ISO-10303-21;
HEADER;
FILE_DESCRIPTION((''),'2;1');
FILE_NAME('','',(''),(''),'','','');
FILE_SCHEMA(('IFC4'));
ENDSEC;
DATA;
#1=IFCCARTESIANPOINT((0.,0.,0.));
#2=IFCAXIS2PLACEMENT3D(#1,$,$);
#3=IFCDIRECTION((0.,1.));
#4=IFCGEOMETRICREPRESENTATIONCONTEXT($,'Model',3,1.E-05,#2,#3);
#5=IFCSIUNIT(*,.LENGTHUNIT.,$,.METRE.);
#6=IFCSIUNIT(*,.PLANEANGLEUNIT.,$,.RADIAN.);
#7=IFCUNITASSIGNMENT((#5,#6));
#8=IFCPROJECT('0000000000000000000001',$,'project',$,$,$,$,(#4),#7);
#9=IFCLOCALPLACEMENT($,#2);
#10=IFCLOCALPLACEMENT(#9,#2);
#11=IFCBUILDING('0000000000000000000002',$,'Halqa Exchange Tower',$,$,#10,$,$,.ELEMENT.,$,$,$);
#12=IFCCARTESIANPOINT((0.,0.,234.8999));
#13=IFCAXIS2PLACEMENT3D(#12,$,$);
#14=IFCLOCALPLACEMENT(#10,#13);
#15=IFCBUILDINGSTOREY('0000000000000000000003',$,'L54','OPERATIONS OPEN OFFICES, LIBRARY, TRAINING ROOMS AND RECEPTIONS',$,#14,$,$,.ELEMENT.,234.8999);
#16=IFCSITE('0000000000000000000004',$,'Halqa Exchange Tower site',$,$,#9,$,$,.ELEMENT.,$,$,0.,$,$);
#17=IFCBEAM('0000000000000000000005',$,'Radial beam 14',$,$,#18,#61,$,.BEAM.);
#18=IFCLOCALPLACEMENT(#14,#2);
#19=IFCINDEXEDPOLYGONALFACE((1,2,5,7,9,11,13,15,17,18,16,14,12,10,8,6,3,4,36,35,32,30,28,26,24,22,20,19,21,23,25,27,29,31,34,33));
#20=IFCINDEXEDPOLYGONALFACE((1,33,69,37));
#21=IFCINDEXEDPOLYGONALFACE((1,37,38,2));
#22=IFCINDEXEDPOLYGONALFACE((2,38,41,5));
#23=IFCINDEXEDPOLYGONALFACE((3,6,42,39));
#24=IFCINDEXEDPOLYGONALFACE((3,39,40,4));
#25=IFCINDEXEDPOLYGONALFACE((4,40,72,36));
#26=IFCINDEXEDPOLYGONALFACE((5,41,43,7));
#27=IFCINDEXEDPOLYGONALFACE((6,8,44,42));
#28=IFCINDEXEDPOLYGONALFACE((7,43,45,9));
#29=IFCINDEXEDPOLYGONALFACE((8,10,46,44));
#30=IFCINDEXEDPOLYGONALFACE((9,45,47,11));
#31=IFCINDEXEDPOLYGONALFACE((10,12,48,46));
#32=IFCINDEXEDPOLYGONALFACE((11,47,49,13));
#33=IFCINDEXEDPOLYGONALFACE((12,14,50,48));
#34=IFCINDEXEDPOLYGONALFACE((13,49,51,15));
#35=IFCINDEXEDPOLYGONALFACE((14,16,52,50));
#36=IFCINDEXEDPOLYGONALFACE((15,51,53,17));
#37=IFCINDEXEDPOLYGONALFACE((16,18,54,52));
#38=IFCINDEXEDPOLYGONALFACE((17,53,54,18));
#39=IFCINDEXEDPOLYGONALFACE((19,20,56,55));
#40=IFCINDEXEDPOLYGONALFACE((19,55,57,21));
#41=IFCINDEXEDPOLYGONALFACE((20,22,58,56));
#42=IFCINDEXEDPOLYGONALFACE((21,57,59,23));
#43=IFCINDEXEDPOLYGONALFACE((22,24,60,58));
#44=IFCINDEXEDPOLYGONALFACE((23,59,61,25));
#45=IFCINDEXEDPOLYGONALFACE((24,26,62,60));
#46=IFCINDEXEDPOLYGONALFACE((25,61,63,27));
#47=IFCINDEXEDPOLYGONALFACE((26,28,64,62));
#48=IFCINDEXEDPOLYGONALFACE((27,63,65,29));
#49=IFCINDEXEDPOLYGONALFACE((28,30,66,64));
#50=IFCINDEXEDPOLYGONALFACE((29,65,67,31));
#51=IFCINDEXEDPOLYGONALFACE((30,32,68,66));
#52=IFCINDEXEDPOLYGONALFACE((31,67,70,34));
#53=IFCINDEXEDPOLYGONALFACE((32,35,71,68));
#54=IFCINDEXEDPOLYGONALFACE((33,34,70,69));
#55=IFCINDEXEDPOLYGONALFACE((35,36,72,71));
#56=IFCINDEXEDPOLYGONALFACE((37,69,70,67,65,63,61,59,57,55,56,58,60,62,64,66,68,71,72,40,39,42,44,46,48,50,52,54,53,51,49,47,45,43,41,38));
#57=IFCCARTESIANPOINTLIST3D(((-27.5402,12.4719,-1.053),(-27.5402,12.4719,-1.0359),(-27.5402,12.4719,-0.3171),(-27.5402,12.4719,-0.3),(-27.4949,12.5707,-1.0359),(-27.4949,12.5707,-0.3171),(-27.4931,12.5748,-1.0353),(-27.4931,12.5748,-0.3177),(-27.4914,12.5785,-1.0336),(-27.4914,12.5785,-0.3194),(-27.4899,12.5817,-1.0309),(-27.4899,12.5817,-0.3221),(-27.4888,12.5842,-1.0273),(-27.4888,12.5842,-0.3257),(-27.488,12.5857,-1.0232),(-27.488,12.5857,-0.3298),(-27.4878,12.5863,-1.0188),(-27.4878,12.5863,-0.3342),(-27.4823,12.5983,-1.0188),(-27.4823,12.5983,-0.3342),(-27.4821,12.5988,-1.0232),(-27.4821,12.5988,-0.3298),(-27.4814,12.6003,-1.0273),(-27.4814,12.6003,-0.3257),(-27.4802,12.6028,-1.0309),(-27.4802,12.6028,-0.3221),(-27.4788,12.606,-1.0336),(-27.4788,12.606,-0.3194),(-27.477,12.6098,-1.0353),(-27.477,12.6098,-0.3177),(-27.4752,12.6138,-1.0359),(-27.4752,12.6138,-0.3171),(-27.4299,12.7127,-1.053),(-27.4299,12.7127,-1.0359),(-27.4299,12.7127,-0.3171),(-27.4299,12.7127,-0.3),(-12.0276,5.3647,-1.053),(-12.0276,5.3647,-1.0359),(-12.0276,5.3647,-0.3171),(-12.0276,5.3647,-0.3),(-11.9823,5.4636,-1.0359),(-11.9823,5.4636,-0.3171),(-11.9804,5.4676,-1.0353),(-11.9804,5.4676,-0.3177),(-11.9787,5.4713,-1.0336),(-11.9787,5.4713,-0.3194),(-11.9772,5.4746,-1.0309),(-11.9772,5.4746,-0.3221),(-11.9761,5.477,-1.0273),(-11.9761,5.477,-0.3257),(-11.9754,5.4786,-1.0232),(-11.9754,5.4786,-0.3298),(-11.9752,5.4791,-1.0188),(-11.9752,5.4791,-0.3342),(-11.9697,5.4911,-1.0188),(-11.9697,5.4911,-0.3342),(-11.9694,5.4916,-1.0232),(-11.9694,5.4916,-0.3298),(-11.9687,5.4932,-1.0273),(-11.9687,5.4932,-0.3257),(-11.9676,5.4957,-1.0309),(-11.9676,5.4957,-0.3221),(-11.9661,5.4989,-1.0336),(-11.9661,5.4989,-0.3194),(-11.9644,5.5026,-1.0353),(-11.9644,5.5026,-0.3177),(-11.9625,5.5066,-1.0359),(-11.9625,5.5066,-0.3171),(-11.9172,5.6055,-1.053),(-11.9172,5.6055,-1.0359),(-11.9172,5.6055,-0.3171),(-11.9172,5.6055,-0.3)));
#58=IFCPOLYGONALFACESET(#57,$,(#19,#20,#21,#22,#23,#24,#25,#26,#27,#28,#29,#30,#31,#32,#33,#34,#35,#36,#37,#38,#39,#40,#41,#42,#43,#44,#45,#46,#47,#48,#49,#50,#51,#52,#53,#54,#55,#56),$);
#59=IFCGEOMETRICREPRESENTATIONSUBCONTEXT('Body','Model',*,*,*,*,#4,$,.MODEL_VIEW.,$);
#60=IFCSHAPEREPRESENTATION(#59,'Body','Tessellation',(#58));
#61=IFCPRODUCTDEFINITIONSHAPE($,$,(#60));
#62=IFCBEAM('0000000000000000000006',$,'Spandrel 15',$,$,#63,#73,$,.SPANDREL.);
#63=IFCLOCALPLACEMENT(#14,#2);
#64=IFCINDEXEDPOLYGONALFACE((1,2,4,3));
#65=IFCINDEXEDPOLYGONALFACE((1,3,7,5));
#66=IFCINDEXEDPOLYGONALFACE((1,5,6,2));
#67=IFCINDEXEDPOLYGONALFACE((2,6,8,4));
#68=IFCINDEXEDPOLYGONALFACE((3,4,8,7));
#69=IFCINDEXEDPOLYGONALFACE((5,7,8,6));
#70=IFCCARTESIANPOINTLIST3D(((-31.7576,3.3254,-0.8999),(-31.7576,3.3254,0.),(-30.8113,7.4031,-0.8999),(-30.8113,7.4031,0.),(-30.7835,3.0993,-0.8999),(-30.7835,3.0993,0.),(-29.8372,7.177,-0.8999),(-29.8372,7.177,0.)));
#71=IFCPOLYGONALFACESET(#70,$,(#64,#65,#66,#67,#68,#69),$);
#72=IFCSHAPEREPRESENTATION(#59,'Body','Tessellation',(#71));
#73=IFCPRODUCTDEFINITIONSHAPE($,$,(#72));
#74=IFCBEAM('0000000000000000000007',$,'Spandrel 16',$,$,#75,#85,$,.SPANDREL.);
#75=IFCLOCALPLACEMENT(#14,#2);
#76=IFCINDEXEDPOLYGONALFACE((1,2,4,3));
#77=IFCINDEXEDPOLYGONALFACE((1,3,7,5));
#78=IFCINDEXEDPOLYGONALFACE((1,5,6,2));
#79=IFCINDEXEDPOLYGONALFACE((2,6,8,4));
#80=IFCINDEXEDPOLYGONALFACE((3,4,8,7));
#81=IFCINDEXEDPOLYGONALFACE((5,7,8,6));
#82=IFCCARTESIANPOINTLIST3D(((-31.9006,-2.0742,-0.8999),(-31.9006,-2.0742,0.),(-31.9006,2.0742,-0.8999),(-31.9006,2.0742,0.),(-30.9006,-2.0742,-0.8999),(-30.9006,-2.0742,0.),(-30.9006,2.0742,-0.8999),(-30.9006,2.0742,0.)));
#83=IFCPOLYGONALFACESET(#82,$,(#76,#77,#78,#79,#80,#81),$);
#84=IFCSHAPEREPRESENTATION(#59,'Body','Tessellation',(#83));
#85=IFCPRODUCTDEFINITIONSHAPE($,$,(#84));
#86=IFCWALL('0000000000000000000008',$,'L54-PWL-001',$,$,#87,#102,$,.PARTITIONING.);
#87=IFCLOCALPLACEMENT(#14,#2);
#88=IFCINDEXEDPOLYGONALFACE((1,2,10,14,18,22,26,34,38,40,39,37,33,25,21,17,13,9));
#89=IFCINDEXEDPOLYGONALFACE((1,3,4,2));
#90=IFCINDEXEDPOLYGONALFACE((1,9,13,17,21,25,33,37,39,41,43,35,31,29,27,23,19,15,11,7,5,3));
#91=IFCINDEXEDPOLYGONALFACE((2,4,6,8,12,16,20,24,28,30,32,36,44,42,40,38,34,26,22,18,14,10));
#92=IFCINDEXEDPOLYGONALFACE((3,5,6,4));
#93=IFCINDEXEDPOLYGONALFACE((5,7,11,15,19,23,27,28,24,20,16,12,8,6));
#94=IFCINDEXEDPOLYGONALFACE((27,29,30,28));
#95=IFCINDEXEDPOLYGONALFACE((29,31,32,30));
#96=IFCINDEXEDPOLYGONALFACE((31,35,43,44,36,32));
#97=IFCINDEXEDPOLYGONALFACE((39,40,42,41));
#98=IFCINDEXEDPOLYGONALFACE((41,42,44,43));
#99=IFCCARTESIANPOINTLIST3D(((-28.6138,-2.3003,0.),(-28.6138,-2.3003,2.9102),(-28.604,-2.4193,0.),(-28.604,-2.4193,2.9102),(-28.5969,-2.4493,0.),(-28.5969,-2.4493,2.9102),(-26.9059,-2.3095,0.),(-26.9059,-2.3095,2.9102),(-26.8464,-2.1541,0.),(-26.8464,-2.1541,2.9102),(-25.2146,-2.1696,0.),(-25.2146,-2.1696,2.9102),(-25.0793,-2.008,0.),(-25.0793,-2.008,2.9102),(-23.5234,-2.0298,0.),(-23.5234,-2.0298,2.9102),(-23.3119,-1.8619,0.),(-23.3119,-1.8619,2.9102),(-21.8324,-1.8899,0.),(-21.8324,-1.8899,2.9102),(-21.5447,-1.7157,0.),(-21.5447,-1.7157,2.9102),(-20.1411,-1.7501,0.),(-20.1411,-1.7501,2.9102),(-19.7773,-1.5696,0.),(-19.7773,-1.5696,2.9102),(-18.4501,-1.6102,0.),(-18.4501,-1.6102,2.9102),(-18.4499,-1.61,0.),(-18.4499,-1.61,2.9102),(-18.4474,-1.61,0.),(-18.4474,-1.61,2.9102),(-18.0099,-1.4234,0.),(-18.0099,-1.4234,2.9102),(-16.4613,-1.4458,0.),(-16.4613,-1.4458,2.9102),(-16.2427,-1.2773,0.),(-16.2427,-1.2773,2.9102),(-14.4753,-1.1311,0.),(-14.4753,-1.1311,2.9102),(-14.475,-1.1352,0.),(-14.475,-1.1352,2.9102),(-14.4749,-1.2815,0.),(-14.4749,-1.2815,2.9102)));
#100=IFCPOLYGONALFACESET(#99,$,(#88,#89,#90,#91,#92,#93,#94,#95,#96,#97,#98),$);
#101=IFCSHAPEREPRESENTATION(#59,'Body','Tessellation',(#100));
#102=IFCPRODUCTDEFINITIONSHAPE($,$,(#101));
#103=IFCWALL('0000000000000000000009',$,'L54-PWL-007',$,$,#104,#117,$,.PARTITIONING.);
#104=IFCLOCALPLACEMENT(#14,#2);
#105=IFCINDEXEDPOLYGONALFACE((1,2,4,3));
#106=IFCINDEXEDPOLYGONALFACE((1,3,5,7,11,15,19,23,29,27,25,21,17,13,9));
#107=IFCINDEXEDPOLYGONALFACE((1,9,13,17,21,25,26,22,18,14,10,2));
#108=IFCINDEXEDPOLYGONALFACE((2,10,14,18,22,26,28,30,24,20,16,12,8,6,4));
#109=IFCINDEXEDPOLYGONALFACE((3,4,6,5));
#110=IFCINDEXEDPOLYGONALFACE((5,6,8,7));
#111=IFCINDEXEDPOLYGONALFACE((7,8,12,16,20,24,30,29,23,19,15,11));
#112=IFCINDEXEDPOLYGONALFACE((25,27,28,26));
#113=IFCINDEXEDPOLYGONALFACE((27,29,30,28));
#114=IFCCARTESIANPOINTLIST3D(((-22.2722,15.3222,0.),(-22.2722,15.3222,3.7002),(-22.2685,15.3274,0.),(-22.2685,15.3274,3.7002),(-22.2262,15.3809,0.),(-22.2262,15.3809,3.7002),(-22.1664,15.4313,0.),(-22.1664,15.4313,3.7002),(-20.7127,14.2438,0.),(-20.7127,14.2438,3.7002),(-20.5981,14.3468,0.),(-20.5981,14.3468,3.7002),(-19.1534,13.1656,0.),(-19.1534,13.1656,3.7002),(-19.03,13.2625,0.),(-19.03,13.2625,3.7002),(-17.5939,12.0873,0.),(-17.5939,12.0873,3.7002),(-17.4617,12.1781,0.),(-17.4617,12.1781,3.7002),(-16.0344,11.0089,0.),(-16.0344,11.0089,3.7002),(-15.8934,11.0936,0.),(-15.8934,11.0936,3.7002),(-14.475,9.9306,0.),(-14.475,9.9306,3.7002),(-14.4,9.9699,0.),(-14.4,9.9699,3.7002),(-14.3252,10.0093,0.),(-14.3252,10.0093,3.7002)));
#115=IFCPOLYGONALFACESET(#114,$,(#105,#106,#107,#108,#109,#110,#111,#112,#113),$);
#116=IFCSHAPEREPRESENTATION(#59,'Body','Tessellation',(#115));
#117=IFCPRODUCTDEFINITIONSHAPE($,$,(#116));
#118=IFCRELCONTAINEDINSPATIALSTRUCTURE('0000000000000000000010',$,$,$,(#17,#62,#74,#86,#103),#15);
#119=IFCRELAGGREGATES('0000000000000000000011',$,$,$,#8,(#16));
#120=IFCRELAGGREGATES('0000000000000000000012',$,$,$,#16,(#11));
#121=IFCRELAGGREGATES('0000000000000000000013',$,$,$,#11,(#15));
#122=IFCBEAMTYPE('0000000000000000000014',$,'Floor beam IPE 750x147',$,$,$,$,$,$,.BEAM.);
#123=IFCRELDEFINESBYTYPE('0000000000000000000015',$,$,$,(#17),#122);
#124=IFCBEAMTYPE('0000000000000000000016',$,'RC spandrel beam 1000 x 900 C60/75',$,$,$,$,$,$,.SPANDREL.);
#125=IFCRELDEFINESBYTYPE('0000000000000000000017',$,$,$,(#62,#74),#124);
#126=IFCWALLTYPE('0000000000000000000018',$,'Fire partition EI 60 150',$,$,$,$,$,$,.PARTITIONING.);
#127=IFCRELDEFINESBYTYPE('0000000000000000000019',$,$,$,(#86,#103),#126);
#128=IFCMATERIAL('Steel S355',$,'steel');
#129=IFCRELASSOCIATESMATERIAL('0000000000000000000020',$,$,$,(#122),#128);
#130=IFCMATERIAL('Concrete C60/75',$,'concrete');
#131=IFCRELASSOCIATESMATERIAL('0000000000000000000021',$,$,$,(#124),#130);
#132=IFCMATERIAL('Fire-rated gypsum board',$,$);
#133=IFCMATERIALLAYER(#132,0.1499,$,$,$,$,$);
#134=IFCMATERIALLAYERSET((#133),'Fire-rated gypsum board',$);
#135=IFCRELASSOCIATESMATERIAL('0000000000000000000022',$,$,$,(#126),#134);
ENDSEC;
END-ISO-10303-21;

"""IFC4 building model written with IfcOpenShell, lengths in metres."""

from ifc_helpers import new_model, si_unit, direction, frame, origin, origin_2d, place, context, subcontext, project, spatial, polyline, rectangle, i_section, outline, extrude, material, layer, layer_set, material_profile, profile_set, type_object, element, save


model = new_model("IFC4")

# Units and contexts
model_context = context("Model", 3, precision=1e-05, world=origin(), true_north=direction((0.0, 1.0)))
body_context = subcontext(model_context, "Body", "Model", "MODEL_VIEW")
ifc_project = project(units=[si_unit("LENGTHUNIT", "METRE"), si_unit("PLANEANGLEUNIT", "RADIAN")], contexts=[model_context])

# Site, building, storey
site_placement = place(None, origin())
site = spatial("IfcSite", under=ifc_project, at=site_placement, Name="Halqa Exchange Tower site", CompositionType="ELEMENT", RefElevation=0.0)
building_placement = place(site_placement, origin())
building = spatial("IfcBuilding", under=site, at=building_placement, Name="Halqa Exchange Tower", CompositionType="ELEMENT")
storey_placement = place(building_placement, frame((0.0, 0.0, 234.8999)))
storey = spatial("IfcBuildingStorey", under=building, at=storey_placement, Name="L54", Description="OPERATIONS OPEN OFFICES, LIBRARY, TRAINING ROOMS AND RECEPTIONS", CompositionType="ELEMENT", Elevation=234.8999)

# Shared definitions
ifc_material_1 = material(Name="Concrete C60/75", Category="concrete")

# Beams
ifc_material_2 = material(Name="Steel S355", Category="steel")
ifc_material_profile_1 = material_profile(ifc_material_2, i_section(OverallWidth=0.2649, OverallDepth=0.7529, WebThickness=0.0132, FlangeThickness=0.0171, FilletRadius=0.0171, at=origin_2d()), Name="IPE 750x147")
ifc_profile_set_1 = profile_set([ifc_material_profile_1], Name="Steel S355")
beam_type_1 = type_object("IfcBeamType", Name="Floor beam IPE 750x147", PredefinedType="BEAM", material=ifc_profile_set_1)
beam_1_placement = place(storey_placement, frame((-11.9724, 5.4851, -0.6765), z_axis=(-0.909127, 0.416519, 0.0), x_axis=(-0.416519, -0.909127, 0.0)))
element("IfcBeam", 1, at=beam_1_placement, inside=storey, type_object=beam_type_1, Name="Radial beam 14", PredefinedType="BEAM", context=body_context, shape_type="SweptSolid", body=[
    extrude(i_section(OverallWidth=0.2649, OverallDepth=0.7529, WebThickness=0.0132, FlangeThickness=0.0171, FilletRadius=0.0171, at=origin_2d()), origin(), (0.0, 0.0, 1.0), 17.0632),
])
ifc_material_profile_2 = material_profile(ifc_material_1, rectangle(XDim=1.0, YDim=0.8999, at=origin_2d()), Name="1000 x 900")
ifc_profile_set_2 = profile_set([ifc_material_profile_2], Name="Concrete C60/75")
beam_type_2 = type_object("IfcBeamType", Name="RC spandrel beam 1000 x 900 C60/75", PredefinedType="SPANDREL", material=ifc_profile_set_2)
beam_2_placement = place(storey_placement, frame((-30.3242, 7.29, -0.45), z_axis=(-0.226061, -0.974113, 0.0), x_axis=(0.974113, -0.226061, 0.0)))
element("IfcBeam", 2, at=beam_2_placement, inside=storey, type_object=beam_type_2, Name="Spandrel 15", PredefinedType="SPANDREL", context=body_context, shape_type="SweptSolid", body=[
    extrude(rectangle(XDim=1.0, YDim=0.8999, at=origin_2d()), origin(), (0.0, 0.0, 1.0), 4.186),
])
beam_3_placement = place(storey_placement, frame((-31.4006, 2.0742, -0.45), z_axis=(0.0, -1.0, 0.0), x_axis=(1.0, 0.0, 0.0)))
element("IfcBeam", 3, at=beam_3_placement, inside=storey, type_object=beam_type_2, Name="Spandrel 16", PredefinedType="SPANDREL", context=body_context, shape_type="SweptSolid", body=[
    extrude(rectangle(XDim=1.0, YDim=0.8999, at=origin_2d()), origin(), (0.0, 0.0, 1.0), 4.1484),
])

# Walls
ifc_material_3 = material(Name="Fire-rated gypsum board")
ifc_layer_1 = layer(ifc_material_3, 0.1499)
ifc_layer_set_1 = layer_set([ifc_layer_1], Name="Fire-rated gypsum board")
wall_type_1 = type_object("IfcWallType", Name="Fire partition EI 60 150", PredefinedType="PARTITIONING", material=ifc_layer_set_1)
wall_1_placement = place(storey_placement, frame((-28.6077, -2.375, 0.0), z_axis=(0.0, 0.0, 1.0), x_axis=(0.996598, 0.082415, 0.0)))
element("IfcWall", 4, at=wall_1_placement, inside=storey, type_object=wall_type_1, Name="L54-PWL-001", PredefinedType="PARTITIONING", context=body_context, shape_type="SweptSolid", body=[
    extrude(outline(polyline([(0.0046, -0.075), (1.7014, -0.075), (3.3984, -0.075), (5.0955, -0.075), (6.7922, -0.075), (8.4893, -0.075), (10.186, -0.075), (10.1863, -0.0747), (10.1887, -0.075), (12.1816, -0.075), (14.1748, -0.075), (14.1868, 0.0708), (14.1868, 0.075), (12.4133, 0.075), (10.6401, 0.075), (8.8667, 0.075), (7.0933, 0.075), (5.3201, 0.075), (3.5466, 0.075), (1.7734, 0.075), (0.0, 0.075), (0.0, -0.0444), (0.0046, -0.075)])), origin(), (0.0, 0.0, 1.0), 2.9102),
])
wall_2_placement = place(storey_placement, frame((-14.3677, 9.9475, 0.0), z_axis=(0.0, 0.0, 1.0), x_axis=(-0.822511, 0.568749, 0.0)))
element("IfcWall", 5, at=wall_2_placement, inside=storey, type_object=wall_type_1, Name="L54-PWL-007", PredefinedType="PARTITIONING", context=body_context, shape_type="SweptSolid", body=[
    extrude(outline(polyline([(0.0002, -0.075), (1.9067, -0.075), (3.8135, -0.075), (5.7202, -0.075), (7.6267, -0.075), (9.5334, -0.075), (9.554, 0.0005), (9.5583, 0.0686), (9.5583, 0.075), (7.6624, 0.075), (5.7666, 0.075), (3.8706, 0.075), (1.9746, 0.075), (0.0786, 0.075), (0.0786, 0.075), (0.0786, 0.075), (0.0393, 0.0), (0.0002, -0.075)])), origin(), (0.0, 0.0, 1.0), 3.7002),
])

save(model, "model.ifc")
